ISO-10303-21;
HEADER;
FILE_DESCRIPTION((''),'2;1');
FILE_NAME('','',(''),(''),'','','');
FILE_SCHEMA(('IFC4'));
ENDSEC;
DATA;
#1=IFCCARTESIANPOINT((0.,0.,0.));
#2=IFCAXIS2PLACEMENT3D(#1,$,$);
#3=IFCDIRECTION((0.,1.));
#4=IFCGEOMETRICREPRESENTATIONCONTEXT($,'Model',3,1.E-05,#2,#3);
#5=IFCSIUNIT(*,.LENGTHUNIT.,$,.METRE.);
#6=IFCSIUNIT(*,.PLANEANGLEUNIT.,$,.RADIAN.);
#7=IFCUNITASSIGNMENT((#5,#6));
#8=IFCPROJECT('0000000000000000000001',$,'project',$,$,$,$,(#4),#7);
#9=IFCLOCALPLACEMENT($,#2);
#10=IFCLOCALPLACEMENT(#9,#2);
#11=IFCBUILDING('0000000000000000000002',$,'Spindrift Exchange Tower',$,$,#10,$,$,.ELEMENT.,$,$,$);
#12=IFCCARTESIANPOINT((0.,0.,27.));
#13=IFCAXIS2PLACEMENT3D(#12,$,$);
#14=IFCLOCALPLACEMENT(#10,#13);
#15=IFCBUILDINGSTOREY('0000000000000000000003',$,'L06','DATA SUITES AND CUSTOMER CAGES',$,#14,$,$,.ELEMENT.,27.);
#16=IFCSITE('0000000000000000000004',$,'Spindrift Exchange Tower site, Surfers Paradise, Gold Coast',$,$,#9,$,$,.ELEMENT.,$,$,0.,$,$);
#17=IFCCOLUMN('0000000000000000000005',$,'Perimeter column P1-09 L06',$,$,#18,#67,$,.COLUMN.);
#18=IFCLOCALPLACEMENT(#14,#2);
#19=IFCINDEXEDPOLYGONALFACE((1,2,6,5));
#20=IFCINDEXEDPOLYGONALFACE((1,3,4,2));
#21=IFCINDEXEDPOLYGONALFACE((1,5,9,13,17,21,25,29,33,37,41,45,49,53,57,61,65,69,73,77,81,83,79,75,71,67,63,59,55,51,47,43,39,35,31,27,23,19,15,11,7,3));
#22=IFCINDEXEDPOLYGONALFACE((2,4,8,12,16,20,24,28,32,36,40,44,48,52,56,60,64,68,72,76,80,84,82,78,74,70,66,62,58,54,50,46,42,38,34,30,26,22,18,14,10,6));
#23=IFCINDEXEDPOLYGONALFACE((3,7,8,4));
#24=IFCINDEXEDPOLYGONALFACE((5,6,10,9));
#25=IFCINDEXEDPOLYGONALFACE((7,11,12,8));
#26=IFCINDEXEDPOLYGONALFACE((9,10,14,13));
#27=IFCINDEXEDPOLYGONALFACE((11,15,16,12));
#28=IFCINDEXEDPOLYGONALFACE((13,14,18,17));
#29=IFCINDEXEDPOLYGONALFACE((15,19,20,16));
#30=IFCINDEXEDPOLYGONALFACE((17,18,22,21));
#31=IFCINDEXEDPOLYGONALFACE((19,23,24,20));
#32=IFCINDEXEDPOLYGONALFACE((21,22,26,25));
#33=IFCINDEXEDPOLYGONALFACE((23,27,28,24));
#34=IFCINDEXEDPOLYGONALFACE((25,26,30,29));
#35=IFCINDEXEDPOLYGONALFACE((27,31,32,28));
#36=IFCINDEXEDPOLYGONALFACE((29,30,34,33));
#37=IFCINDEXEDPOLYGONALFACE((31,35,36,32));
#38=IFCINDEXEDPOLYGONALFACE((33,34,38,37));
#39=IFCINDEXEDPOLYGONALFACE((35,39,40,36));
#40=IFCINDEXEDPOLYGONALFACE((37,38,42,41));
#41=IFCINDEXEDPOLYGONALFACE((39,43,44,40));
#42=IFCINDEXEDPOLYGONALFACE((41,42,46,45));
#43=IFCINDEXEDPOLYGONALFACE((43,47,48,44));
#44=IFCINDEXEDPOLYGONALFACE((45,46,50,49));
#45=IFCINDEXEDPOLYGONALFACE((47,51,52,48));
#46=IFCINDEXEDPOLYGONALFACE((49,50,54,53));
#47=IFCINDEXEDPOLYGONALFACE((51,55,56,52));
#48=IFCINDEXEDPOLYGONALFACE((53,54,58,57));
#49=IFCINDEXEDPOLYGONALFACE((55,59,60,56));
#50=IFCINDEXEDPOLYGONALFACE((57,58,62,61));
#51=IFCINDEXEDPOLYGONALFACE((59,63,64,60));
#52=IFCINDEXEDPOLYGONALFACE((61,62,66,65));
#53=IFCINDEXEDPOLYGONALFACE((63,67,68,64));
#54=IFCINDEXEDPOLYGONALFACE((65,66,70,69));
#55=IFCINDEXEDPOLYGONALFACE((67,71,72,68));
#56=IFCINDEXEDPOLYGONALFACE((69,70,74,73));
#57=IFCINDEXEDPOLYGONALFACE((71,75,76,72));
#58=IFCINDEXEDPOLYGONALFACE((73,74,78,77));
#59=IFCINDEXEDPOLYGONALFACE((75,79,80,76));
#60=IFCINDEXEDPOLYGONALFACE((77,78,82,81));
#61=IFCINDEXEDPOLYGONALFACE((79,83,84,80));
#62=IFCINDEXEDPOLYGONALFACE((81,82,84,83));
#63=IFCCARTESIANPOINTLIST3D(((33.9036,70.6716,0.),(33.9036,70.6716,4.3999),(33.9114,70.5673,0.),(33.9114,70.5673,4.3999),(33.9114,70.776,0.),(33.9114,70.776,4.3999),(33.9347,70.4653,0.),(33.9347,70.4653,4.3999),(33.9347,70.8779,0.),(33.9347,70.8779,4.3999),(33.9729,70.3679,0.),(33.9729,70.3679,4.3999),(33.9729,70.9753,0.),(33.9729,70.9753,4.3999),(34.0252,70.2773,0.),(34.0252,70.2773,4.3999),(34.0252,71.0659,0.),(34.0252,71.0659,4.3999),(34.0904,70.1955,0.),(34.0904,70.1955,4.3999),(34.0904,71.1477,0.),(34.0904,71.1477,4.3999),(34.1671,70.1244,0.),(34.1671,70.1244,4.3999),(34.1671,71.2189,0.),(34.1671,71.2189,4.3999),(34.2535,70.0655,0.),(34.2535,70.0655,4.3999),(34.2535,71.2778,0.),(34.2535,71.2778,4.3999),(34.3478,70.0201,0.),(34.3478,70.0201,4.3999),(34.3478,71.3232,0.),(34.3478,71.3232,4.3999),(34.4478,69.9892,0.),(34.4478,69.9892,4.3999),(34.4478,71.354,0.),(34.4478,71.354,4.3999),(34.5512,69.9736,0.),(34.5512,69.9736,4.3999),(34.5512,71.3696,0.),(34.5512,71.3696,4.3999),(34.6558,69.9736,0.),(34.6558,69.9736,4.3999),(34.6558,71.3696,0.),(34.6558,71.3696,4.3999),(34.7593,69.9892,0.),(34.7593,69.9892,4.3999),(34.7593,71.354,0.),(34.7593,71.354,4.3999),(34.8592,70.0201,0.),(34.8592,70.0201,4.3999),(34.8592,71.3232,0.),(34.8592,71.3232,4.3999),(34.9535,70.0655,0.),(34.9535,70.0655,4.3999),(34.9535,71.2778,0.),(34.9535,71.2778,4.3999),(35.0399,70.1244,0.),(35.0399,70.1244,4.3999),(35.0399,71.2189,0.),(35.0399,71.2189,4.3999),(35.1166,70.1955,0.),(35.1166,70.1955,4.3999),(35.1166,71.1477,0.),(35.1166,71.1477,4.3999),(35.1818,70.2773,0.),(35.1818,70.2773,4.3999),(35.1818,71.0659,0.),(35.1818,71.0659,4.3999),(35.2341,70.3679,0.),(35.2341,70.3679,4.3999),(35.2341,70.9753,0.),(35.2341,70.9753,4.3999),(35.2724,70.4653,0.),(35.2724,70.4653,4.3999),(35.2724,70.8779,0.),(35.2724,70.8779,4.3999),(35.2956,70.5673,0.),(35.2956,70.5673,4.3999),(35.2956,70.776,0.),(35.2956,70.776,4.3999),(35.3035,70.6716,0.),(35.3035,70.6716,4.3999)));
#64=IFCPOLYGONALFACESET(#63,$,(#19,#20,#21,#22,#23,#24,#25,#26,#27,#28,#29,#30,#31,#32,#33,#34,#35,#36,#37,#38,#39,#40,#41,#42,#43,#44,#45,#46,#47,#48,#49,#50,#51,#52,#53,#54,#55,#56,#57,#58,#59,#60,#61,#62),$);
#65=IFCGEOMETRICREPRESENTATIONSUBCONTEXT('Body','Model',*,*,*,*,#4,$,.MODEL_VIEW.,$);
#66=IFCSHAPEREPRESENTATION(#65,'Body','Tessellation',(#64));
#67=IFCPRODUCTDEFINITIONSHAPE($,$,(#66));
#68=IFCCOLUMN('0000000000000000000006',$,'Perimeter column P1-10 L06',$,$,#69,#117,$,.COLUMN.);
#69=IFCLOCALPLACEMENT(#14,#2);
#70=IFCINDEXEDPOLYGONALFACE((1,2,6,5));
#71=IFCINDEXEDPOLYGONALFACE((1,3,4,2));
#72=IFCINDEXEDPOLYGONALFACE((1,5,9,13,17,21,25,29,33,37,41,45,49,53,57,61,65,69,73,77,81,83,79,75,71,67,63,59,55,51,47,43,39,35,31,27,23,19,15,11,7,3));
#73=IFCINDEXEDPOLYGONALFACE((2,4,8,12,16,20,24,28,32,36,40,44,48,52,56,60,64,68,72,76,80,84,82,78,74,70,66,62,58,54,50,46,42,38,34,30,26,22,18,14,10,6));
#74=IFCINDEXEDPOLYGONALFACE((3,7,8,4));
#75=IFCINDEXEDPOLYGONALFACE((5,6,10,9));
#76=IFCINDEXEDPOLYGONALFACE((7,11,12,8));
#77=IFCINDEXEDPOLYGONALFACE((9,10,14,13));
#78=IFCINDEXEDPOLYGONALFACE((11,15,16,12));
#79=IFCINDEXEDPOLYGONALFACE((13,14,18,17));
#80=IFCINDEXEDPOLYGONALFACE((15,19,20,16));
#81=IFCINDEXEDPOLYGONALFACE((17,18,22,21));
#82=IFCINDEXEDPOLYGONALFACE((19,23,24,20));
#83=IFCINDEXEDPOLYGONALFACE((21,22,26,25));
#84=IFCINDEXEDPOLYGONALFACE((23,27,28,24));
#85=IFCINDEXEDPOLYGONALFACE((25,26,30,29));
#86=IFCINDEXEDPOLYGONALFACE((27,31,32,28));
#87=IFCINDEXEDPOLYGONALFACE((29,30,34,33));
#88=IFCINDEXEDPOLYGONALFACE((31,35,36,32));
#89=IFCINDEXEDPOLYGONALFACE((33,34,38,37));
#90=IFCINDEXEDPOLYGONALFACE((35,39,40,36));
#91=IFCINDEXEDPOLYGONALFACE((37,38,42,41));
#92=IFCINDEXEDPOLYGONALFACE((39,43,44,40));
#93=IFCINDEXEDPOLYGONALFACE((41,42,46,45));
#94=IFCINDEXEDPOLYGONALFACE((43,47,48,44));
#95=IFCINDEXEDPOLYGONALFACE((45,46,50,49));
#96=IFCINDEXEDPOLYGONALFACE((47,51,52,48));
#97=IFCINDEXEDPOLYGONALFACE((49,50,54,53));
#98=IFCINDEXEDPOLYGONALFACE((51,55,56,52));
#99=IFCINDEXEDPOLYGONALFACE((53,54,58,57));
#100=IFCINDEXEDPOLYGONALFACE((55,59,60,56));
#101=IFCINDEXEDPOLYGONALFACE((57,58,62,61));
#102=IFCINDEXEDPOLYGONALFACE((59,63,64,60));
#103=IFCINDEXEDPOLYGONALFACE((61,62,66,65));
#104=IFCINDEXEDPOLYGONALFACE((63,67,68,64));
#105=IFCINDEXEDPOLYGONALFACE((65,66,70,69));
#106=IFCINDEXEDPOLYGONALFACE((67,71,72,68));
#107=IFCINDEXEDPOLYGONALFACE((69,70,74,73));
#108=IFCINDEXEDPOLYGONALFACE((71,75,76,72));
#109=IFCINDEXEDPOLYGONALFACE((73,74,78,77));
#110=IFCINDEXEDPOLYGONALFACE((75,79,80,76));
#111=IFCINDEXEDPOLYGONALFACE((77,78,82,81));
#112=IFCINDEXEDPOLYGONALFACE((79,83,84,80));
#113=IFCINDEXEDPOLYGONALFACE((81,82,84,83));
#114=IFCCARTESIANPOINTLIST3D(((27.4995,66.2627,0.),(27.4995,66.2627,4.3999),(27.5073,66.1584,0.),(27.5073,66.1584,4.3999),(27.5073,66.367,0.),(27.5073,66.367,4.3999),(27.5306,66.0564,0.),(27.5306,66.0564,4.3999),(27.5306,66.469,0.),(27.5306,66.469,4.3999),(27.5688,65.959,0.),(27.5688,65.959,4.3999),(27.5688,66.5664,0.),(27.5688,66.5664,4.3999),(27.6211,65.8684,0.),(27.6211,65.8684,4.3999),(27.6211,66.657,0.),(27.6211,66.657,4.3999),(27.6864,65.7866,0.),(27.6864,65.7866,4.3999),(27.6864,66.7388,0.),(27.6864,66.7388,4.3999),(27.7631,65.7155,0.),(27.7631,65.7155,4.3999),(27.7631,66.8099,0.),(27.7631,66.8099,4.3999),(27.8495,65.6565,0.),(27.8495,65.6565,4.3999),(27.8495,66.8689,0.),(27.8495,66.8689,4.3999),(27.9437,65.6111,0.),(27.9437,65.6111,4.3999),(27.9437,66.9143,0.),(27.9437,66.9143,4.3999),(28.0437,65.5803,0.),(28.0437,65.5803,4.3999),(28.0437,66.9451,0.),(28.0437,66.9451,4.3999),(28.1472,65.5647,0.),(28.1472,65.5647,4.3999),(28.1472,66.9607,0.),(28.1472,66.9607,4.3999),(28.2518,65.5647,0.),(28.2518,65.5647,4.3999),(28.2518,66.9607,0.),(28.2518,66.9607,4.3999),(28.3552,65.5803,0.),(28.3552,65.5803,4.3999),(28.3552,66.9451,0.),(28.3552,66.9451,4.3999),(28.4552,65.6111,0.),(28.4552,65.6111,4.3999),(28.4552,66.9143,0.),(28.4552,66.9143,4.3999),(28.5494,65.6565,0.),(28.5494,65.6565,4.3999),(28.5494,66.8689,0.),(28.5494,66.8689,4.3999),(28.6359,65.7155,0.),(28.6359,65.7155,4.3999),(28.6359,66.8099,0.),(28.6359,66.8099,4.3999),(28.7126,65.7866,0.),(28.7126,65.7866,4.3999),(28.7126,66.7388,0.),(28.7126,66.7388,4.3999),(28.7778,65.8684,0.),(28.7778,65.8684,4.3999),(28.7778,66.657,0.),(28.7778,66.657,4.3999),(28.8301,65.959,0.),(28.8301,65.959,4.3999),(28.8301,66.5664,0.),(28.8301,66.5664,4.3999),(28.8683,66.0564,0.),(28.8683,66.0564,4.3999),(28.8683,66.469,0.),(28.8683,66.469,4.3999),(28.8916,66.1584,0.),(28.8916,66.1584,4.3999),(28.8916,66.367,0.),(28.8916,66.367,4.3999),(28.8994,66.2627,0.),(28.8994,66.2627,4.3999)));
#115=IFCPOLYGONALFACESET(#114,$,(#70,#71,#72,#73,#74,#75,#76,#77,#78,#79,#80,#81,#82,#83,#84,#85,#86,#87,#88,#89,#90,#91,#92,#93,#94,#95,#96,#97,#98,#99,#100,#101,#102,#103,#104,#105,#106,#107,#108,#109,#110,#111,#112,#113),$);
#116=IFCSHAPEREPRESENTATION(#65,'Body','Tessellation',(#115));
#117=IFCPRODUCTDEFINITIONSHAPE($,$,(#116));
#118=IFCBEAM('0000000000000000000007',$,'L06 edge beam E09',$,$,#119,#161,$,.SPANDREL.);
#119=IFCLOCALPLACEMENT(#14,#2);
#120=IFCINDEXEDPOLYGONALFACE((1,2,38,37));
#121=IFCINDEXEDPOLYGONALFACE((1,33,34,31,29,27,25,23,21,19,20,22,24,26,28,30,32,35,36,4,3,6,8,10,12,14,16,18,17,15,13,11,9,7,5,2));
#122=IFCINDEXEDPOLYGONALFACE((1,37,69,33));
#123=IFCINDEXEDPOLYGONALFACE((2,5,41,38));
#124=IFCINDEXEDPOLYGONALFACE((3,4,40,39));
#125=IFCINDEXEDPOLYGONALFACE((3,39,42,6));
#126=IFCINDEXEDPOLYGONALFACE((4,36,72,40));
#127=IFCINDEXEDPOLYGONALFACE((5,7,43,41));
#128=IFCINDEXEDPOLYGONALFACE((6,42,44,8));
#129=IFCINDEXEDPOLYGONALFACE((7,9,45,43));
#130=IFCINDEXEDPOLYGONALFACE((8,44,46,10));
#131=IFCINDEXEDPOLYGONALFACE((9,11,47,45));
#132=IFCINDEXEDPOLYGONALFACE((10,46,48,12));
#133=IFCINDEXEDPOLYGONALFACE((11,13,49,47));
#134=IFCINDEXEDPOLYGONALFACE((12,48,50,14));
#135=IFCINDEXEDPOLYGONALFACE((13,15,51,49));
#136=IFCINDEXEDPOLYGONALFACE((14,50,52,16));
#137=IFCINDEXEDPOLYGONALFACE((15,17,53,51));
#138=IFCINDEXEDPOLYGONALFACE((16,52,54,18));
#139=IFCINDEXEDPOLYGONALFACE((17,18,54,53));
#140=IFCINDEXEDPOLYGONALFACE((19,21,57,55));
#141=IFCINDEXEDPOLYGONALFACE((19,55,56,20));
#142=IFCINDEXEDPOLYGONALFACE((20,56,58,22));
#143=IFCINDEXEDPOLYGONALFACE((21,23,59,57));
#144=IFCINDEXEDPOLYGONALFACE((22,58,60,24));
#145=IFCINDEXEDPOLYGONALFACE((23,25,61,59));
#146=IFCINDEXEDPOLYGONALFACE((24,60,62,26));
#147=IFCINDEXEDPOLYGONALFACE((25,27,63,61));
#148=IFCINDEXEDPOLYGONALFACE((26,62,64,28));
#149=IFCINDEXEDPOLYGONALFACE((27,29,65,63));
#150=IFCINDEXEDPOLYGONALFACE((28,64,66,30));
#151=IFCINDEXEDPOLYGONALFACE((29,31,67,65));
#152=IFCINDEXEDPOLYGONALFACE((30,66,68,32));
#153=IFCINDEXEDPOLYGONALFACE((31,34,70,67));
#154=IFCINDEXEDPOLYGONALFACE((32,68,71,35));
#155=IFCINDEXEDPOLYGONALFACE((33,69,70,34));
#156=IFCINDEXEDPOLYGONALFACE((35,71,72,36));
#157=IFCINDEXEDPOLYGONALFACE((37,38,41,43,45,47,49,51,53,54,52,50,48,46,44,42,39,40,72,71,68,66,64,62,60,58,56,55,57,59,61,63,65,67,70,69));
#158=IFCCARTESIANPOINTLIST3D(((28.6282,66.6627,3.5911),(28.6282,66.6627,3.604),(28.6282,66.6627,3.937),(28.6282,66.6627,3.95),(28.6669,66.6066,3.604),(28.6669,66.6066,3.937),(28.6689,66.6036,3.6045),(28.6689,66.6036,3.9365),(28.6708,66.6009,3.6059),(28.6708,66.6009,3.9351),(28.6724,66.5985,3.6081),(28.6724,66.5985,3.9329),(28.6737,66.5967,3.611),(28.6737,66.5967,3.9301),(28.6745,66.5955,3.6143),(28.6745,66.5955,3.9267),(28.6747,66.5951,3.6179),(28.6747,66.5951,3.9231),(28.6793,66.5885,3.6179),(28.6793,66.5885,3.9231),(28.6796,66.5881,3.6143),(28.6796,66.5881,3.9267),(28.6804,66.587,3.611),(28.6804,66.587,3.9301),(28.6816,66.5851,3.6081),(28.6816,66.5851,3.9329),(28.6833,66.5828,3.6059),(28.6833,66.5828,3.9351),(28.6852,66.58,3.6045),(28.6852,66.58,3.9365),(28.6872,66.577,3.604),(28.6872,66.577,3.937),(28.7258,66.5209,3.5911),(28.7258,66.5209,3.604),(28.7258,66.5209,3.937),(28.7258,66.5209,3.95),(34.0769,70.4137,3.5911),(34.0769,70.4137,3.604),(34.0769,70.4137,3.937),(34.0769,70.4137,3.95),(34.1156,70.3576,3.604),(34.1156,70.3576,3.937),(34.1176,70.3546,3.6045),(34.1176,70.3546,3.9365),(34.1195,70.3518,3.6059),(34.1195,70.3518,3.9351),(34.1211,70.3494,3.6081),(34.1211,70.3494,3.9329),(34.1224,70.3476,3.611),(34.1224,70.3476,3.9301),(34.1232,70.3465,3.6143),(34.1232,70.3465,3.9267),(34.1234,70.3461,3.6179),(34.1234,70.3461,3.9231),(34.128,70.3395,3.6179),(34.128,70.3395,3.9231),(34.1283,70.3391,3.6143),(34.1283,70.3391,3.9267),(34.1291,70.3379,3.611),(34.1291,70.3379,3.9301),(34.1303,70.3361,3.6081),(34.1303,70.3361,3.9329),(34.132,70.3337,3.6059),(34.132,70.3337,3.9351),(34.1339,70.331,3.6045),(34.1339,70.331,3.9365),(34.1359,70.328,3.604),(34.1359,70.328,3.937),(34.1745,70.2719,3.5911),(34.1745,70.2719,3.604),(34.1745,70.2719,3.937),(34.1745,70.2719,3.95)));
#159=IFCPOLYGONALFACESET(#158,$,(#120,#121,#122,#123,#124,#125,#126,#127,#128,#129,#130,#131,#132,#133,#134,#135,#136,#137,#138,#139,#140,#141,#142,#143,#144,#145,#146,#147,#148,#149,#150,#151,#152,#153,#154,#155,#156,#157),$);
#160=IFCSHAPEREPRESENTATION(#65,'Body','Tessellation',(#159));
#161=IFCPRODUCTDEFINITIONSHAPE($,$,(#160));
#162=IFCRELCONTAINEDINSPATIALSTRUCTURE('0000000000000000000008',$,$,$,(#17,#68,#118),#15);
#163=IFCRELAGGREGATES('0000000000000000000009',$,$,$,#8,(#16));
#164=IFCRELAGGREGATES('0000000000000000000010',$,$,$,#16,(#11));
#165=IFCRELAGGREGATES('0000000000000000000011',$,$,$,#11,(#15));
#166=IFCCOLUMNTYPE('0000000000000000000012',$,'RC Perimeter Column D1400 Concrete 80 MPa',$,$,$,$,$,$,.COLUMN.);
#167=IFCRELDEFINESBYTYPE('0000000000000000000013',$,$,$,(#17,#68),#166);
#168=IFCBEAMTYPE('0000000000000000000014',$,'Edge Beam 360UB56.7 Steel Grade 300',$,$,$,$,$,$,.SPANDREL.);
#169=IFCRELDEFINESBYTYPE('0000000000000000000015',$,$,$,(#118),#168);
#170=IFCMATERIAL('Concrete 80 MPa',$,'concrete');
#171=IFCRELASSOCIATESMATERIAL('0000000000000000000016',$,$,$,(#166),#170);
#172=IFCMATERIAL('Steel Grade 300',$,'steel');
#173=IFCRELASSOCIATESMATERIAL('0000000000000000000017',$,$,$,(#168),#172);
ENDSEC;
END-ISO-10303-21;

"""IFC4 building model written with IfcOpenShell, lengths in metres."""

from ifc_helpers import new_model, si_unit, direction, frame, origin, origin_2d, place, context, subcontext, project, spatial, circle, i_section, extrude, source, transform, mapped, material, material_profile, profile_set, type_object, element, save


model = new_model("IFC4")

# Units and contexts
model_context = context("Model", 3, precision=1e-05, world=origin(), true_north=direction((0.0, 1.0)))
body_context = subcontext(model_context, "Body", "Model", "MODEL_VIEW")
ifc_project = project(units=[si_unit("LENGTHUNIT", "METRE"), si_unit("PLANEANGLEUNIT", "RADIAN")], contexts=[model_context])

# Site, building, storey
site_placement = place(None, origin())
site = spatial("IfcSite", under=ifc_project, at=site_placement, Name="Spindrift Exchange Tower site, Surfers Paradise, Gold Coast", CompositionType="ELEMENT", RefElevation=0.0)
building_placement = place(site_placement, origin())
building = spatial("IfcBuilding", under=site, at=building_placement, Name="Spindrift Exchange Tower", CompositionType="ELEMENT")
storey_placement = place(building_placement, frame((0.0, 0.0, 27.0)))
storey = spatial("IfcBuildingStorey", under=building, at=storey_placement, Name="L06", Description="DATA SUITES AND CUSTOMER CAGES", CompositionType="ELEMENT", Elevation=27.0)

# Columns
ifc_material_1 = material(Name="Concrete 80 MPa", Category="concrete")
ifc_material_profile_1 = material_profile(ifc_material_1, circle(Radius=0.7, at=origin_2d()), Name="RC D1400")
ifc_profile_set_1 = profile_set([ifc_material_profile_1], Name="Concrete 80 MPa")
column_type = type_object("IfcColumnType", Name="RC Perimeter Column D1400 Concrete 80 MPa", PredefinedType="COLUMN", material=ifc_profile_set_1)
shared_shape_1 = source(origin(), body_context, "Body", "SweptSolid", [
    extrude(circle(Radius=0.7, at=origin_2d()), origin(), (0.0, 0.0, 1.0), 4.3999),
])
for number, where, z_axis, x_axis, name in (
    (1, (34.6035, 70.6716, 0.0), (0.0, 0.0, 1.0), (1.0, 0.0, 0.0), "Perimeter column P1-09 L06"),
    (2, (28.1995, 66.2627, 0.0), (0.0, 0.0, 1.0), (1.0, 0.0, 0.0), "Perimeter column P1-10 L06"),
):
    element("IfcColumn", number, at=place(storey_placement, frame(where, z_axis=z_axis, x_axis=x_axis)), inside=storey, type_object=column_type, Name=name, PredefinedType="COLUMN", context=body_context, shape_type="MappedRepresentation", body=[
        mapped(shared_shape_1, transform((0.0, 0.0, 0.0), scale=1.0)),
    ])

# Beam
ifc_material_2 = material(Name="Steel Grade 300", Category="steel")
ifc_material_profile_2 = material_profile(ifc_material_2, i_section(OverallWidth=0.1721, OverallDepth=0.3589, WebThickness=0.0081, FlangeThickness=0.0129, FilletRadius=0.0139, at=origin_2d()), Name="360UB56.7")
ifc_profile_set_2 = profile_set([ifc_material_profile_2], Name="Steel Grade 300")
beam_type_1 = type_object("IfcBeamType", Name="Edge Beam 360UB56.7 Steel Grade 300", PredefinedType="SPANDREL", material=ifc_profile_set_2)
shared_shape_2 = source(origin(), body_context, "Body", "SweptSolid", [
    extrude(i_section(OverallWidth=0.1721, OverallDepth=0.3589, WebThickness=0.0081, FlangeThickness=0.0129, FilletRadius=0.0139, at=origin_2d()), origin(), (0.0, 0.0, 1.0), 6.615),
])
beam_1_placement = place(storey_placement, frame((34.1257, 70.3428, 3.7705), z_axis=(-0.823691, -0.567039, 0.0), x_axis=(0.567039, -0.823691, 0.0)))
element("IfcBeam", 3, at=beam_1_placement, inside=storey, type_object=beam_type_1, Name="L06 edge beam E09", PredefinedType="SPANDREL", context=body_context, shape_type="MappedRepresentation", body=[
    mapped(shared_shape_2, transform((0.0, 0.0, 0.0), scale=1.0)),
])

save(model, "model.ifc")
